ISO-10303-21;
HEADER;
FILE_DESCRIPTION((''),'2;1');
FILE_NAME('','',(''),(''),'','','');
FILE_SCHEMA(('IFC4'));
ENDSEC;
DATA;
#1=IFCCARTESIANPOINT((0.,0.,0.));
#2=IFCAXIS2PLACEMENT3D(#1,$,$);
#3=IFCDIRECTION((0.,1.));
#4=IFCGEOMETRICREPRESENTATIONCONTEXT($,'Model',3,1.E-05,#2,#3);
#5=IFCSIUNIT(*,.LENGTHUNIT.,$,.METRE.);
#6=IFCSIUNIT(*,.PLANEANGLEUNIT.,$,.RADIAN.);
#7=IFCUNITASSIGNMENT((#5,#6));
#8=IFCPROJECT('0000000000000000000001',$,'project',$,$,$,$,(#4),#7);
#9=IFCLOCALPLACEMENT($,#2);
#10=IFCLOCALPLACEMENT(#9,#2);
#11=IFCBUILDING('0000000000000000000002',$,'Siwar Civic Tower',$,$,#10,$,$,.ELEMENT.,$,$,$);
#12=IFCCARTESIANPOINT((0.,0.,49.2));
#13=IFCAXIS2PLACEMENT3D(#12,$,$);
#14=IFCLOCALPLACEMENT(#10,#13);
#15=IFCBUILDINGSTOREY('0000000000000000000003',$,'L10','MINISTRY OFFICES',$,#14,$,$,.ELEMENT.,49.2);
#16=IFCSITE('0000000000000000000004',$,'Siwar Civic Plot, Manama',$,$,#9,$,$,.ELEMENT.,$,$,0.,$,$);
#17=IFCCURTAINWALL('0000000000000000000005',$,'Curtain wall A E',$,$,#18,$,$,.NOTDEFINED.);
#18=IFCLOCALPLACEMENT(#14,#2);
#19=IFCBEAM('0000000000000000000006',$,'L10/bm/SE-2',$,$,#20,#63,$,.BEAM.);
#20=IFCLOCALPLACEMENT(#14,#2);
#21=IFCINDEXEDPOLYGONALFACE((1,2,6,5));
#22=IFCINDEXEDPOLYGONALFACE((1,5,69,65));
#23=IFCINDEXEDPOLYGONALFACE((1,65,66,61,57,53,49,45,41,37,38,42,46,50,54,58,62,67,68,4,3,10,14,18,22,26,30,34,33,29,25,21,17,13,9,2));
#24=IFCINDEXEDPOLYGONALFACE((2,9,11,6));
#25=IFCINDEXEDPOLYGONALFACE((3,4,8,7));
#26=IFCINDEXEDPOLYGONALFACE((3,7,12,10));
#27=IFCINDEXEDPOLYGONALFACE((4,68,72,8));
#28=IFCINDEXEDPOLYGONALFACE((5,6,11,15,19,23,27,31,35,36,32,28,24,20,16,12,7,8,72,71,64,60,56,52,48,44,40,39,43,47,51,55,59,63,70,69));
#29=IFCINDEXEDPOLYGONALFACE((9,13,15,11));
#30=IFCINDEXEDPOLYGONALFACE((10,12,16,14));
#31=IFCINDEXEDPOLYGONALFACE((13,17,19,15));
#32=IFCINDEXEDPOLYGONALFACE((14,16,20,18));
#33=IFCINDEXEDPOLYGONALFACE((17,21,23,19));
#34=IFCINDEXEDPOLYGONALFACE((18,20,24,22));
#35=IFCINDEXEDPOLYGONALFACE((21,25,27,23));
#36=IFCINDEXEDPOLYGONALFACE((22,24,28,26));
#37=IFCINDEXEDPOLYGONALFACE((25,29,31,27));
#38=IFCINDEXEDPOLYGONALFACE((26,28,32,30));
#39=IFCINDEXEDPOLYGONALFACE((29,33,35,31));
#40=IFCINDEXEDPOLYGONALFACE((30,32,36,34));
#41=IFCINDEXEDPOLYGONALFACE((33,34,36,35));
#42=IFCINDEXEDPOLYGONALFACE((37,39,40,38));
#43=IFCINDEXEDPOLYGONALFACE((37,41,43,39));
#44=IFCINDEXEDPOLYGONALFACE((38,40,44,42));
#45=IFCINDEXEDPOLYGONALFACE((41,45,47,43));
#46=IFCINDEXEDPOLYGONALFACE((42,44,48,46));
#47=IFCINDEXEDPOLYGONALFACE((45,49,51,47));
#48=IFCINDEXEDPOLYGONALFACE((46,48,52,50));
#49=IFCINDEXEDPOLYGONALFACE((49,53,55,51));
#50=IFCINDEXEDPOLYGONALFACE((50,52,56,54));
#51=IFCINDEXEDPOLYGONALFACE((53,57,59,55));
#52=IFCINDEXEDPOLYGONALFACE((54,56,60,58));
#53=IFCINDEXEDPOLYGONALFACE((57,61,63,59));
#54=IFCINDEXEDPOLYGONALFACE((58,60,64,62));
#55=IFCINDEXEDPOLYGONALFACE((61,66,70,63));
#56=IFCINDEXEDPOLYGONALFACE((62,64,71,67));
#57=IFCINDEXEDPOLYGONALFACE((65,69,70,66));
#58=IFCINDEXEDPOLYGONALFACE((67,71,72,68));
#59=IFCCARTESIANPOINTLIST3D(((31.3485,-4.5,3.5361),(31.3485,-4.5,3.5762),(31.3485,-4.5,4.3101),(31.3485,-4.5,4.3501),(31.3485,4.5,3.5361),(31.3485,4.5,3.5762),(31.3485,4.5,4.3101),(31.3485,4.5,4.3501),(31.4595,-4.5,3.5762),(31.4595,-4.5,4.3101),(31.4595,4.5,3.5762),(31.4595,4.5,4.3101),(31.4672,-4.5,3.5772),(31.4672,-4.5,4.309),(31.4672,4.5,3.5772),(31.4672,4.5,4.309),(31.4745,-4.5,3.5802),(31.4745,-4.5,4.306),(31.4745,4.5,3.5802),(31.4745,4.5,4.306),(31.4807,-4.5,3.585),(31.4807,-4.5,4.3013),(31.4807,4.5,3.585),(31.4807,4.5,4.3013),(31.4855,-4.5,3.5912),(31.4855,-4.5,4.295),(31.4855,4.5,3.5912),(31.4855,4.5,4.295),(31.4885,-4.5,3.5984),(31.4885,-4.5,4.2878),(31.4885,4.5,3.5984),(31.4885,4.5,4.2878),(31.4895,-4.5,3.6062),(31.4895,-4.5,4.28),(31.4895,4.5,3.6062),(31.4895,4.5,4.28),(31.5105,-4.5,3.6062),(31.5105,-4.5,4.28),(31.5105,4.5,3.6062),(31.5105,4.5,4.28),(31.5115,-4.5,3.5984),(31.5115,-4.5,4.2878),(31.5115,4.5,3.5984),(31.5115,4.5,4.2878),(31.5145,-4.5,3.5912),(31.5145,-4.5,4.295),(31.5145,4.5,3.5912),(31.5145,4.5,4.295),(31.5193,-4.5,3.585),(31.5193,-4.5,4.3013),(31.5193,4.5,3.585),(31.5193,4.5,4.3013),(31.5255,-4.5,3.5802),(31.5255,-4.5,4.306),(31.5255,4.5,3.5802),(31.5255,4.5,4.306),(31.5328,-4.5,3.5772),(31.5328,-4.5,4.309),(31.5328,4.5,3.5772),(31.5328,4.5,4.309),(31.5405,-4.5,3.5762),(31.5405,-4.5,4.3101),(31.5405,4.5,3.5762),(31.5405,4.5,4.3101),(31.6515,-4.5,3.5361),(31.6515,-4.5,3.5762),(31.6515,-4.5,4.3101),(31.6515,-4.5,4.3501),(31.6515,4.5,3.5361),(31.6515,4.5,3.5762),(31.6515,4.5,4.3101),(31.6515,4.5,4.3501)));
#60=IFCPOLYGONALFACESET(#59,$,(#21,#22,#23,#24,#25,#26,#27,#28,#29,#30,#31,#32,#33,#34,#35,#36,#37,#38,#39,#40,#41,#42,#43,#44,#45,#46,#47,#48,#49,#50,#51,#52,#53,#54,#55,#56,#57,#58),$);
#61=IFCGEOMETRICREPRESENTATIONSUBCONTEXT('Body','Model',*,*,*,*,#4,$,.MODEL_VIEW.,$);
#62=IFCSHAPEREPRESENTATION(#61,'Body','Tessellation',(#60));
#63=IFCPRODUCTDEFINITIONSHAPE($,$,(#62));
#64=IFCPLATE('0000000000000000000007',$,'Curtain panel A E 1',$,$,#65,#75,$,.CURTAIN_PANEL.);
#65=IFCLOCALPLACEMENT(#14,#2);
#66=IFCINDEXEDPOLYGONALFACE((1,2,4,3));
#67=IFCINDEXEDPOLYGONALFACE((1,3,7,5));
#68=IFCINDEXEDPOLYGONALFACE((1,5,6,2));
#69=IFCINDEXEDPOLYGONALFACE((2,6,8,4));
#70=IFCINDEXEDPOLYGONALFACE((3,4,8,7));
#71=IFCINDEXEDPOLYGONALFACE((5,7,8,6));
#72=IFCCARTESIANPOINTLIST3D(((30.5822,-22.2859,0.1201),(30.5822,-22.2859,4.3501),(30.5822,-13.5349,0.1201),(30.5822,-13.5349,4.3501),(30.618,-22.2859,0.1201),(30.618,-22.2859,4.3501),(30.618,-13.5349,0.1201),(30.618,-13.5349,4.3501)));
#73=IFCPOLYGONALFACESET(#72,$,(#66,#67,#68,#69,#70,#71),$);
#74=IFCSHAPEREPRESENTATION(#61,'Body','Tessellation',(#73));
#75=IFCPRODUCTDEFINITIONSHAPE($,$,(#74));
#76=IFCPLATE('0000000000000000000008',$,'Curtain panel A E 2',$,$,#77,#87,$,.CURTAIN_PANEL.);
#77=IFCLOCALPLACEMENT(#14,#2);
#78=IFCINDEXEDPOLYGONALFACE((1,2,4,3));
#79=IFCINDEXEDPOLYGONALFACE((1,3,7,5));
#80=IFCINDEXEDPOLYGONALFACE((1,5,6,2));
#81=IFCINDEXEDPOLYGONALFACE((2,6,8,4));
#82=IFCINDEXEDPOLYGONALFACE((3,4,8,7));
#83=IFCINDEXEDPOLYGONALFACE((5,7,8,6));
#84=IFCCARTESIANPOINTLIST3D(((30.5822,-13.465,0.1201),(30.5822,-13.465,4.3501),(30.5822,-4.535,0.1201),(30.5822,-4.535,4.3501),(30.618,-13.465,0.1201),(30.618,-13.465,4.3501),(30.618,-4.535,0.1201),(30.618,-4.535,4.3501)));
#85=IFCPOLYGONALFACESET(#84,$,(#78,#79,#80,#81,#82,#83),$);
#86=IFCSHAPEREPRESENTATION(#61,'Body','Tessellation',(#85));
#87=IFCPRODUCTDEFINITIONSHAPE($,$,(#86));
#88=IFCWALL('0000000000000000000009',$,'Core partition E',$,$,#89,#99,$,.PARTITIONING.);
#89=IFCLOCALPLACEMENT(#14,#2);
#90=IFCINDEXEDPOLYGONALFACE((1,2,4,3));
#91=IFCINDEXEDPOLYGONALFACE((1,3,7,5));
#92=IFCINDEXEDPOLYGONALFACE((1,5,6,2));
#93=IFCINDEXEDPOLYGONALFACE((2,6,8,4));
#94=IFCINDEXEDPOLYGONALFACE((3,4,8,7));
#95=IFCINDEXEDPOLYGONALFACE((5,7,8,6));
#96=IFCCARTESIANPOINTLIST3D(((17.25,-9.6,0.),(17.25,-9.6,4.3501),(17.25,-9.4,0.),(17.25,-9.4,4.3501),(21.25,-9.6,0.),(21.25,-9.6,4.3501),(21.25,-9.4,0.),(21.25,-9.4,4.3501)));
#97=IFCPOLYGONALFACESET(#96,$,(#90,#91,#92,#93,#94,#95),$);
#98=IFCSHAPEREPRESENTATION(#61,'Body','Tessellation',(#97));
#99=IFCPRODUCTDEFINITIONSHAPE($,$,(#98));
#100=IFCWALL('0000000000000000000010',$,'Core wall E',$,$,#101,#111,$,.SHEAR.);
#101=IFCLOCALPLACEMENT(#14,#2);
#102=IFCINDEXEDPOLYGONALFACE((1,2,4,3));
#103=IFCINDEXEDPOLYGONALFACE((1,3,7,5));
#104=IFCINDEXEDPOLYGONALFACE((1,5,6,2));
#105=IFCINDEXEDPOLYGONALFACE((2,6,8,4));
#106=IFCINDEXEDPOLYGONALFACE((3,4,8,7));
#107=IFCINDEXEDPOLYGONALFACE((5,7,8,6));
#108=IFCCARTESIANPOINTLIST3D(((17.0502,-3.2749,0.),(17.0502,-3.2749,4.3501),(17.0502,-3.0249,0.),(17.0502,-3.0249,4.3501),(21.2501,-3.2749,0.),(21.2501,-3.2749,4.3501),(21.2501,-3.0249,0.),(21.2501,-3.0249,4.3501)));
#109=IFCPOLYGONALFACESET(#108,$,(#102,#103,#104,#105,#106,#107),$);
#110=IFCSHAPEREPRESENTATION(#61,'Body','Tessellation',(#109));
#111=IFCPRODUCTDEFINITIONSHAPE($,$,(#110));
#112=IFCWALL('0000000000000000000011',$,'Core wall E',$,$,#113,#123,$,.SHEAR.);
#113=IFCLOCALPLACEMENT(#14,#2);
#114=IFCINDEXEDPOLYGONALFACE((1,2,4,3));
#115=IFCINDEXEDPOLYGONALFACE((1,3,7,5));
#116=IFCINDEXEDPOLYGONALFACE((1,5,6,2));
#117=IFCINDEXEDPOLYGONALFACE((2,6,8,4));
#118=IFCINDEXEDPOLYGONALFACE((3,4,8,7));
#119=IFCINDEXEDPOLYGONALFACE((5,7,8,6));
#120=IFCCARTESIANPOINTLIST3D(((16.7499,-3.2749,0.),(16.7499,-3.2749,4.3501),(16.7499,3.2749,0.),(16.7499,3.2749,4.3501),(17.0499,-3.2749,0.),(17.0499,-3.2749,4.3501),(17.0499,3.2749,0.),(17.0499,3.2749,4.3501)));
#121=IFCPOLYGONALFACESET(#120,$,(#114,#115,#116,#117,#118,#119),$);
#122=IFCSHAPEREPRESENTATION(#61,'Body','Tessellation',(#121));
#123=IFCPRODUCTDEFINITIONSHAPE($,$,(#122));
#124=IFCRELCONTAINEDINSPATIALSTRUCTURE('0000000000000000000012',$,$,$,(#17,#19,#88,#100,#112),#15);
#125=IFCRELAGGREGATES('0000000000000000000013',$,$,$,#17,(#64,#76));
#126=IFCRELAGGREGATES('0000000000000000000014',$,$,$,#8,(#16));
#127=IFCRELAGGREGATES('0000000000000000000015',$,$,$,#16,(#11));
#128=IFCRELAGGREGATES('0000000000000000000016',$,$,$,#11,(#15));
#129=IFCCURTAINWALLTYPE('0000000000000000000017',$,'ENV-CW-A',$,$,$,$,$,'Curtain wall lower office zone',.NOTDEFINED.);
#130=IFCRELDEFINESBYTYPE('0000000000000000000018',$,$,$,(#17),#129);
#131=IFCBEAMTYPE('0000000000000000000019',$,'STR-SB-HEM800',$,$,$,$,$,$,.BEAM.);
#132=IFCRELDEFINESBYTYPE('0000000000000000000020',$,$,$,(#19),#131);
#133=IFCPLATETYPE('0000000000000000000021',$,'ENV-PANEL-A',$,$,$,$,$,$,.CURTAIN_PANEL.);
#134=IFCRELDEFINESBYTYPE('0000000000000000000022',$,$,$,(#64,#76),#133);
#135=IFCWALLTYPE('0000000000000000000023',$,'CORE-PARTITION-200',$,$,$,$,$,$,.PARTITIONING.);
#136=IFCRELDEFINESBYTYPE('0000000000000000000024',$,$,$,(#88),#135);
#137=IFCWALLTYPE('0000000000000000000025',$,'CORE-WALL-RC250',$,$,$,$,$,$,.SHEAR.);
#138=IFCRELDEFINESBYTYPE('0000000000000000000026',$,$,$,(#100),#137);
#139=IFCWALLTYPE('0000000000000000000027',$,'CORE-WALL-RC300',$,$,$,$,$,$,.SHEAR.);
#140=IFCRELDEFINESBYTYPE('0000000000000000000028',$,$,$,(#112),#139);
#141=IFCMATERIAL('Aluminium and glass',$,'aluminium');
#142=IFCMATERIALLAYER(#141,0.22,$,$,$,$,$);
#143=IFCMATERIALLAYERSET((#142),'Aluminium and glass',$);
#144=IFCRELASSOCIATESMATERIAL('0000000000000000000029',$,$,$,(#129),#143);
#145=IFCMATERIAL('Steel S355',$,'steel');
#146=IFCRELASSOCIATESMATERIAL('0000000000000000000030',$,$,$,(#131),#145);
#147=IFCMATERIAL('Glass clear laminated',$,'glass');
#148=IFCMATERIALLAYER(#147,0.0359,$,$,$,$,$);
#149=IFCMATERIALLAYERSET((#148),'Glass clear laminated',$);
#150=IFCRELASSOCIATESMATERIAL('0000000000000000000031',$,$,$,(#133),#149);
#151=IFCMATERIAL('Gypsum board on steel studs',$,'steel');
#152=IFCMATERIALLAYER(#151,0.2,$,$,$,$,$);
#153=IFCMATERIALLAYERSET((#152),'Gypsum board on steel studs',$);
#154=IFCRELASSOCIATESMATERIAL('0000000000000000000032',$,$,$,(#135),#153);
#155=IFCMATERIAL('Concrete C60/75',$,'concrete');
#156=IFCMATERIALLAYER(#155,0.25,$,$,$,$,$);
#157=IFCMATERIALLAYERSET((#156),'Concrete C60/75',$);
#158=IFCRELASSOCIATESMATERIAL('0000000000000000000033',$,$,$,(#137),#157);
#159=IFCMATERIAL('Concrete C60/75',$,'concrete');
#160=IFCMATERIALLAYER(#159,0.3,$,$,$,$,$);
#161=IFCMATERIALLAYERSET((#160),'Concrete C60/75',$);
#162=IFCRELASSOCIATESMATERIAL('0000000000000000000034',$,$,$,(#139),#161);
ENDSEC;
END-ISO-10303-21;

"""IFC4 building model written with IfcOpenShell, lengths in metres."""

from ifc_helpers import new_model, si_unit, direction, frame, frame_2d, origin, origin_2d, place, context, subcontext, project, spatial, rectangle, i_section, extrude, material, layer, layer_set, material_profile, profile_set, type_object, element, aggregate, save


model = new_model("IFC4")

# Units and contexts
model_context = context("Model", 3, precision=1e-05, world=origin(), true_north=direction((0.0, 1.0)))
body_context = subcontext(model_context, "Body", "Model", "MODEL_VIEW")
ifc_project = project(units=[si_unit("LENGTHUNIT", "METRE"), si_unit("PLANEANGLEUNIT", "RADIAN")], contexts=[model_context])

# Site, building, storey
site_placement = place(None, origin())
site = spatial("IfcSite", under=ifc_project, at=site_placement, Name="Siwar Civic Plot, Manama", CompositionType="ELEMENT", RefElevation=0.0)
building_placement = place(site_placement, origin())
building = spatial("IfcBuilding", under=site, at=building_placement, Name="Siwar Civic Tower", CompositionType="ELEMENT")
storey_placement = place(building_placement, frame((0.0, 0.0, 49.2)))
storey = spatial("IfcBuildingStorey", under=building, at=storey_placement, Name="L10", Description="MINISTRY OFFICES", CompositionType="ELEMENT", Elevation=49.2)

# Curtain wall
ifc_material_1 = material(Name="Aluminium and glass", Category="aluminium")
ifc_layer_1 = layer(ifc_material_1, 0.22)
ifc_layer_set_1 = layer_set([ifc_layer_1], Name="Aluminium and glass")
curtain_wall_type = type_object("IfcCurtainWallType", Name="ENV-CW-A", ElementType="Curtain wall lower office zone", PredefinedType="NOTDEFINED", material=ifc_layer_set_1)
curtain_wall_placement = place(storey_placement, origin())
curtain_wall = element("IfcCurtainWall", 1, at=curtain_wall_placement, inside=storey, type_object=curtain_wall_type, Name="Curtain wall A E", PredefinedType="NOTDEFINED")

# Beam
ifc_material_2 = material(Name="Steel S355", Category="steel")
ifc_material_profile_1 = material_profile(ifc_material_2, i_section(OverallWidth=0.303, OverallDepth=0.814, WebThickness=0.021, FlangeThickness=0.04, FilletRadius=0.03, at=origin_2d()), Name="HEM800")
ifc_profile_set_1 = profile_set([ifc_material_profile_1], Name="Steel S355")
beam_type_1 = type_object("IfcBeamType", Name="STR-SB-HEM800", PredefinedType="BEAM", material=ifc_profile_set_1)
for number, where, z_axis, x_axis, name in (
    (2, (31.5, -4.5, 3.9431), (0.0, 1.0, 0.0), (-1.0, 0.0, 0.0), "L10/bm/SE-2"),
):
    element("IfcBeam", number, at=place(storey_placement, frame(where, z_axis=z_axis, x_axis=x_axis)), inside=storey, type_object=beam_type_1, Name=name, PredefinedType="BEAM", context=body_context, shape_type="SweptSolid", body=[
        extrude(i_section(OverallWidth=0.303, OverallDepth=0.814, WebThickness=0.021, FlangeThickness=0.04, FilletRadius=0.03, at=origin_2d()), origin(), (0.0, 0.0, 1.0), 9.0),
    ])

# Plates
ifc_material_3 = material(Name="Glass clear laminated", Category="glass")
ifc_layer_2 = layer(ifc_material_3, 0.0359)
ifc_layer_set_2 = layer_set([ifc_layer_2], Name="Glass clear laminated")
plate_type = type_object("IfcPlateType", Name="ENV-PANEL-A", PredefinedType="CURTAIN_PANEL", material=ifc_layer_set_2)
plate_1_placement = place(storey_placement, frame((30.6001, -17.9104, 0.1201), z_axis=(0.0, 0.0, 1.0), x_axis=(0.0, 1.0, 0.0)))
plate_1 = element("IfcPlate", 3, at=plate_1_placement, type_object=plate_type, Name="Curtain panel A E 1", PredefinedType="CURTAIN_PANEL", context=body_context, shape_type="SweptSolid", body=[
    extrude(rectangle(XDim=8.751, YDim=0.0359, at=origin_2d()), origin(), (0.0, 0.0, 1.0), 4.23),
])
plate_2_placement = place(storey_placement, frame((30.6001, -9.0, 0.1201), z_axis=(0.0, 0.0, 1.0), x_axis=(0.0, 1.0, 0.0)))
plate_2 = element("IfcPlate", 4, at=plate_2_placement, type_object=plate_type, Name="Curtain panel A E 2", PredefinedType="CURTAIN_PANEL", context=body_context, shape_type="SweptSolid", body=[
    extrude(rectangle(XDim=8.9299, YDim=0.0359, at=origin_2d()), origin(), (0.0, 0.0, 1.0), 4.23),
])
aggregate(curtain_wall, [plate_1, plate_2])

# Walls
ifc_material_4 = material(Name="Gypsum board on steel studs", Category="steel")
ifc_layer_3 = layer(ifc_material_4, 0.2)
ifc_layer_set_3 = layer_set([ifc_layer_3], Name="Gypsum board on steel studs")
wall_type_1 = type_object("IfcWallType", Name="CORE-PARTITION-200", PredefinedType="PARTITIONING", material=ifc_layer_set_3)
wall_1_placement = place(storey_placement, frame((17.25, -9.5, 0.0), z_axis=(0.0, 0.0, 1.0), x_axis=(1.0, 0.0, 0.0)))
element("IfcWall", 5, at=wall_1_placement, inside=storey, type_object=wall_type_1, Name="Core partition E", PredefinedType="PARTITIONING", context=body_context, shape_type="SweptSolid", body=[
    extrude(rectangle(XDim=4.0, YDim=0.2, at=frame_2d((2.0, 0.0))), origin(), (0.0, 0.0, 1.0), 4.3501),
])
ifc_material_5 = material(Name="Concrete C60/75", Category="concrete")
ifc_layer_4 = layer(ifc_material_5, 0.25)
ifc_layer_set_4 = layer_set([ifc_layer_4], Name="Concrete C60/75")
wall_type_2 = type_object("IfcWallType", Name="CORE-WALL-RC250", PredefinedType="SHEAR", material=ifc_layer_set_4)
wall_2_placement = place(storey_placement, frame((17.05, -3.1499, 0.0), z_axis=(0.0, 0.0, 1.0), x_axis=(1.0, 0.0, 0.0)))
element("IfcWall", 6, at=wall_2_placement, inside=storey, type_object=wall_type_2, Name="Core wall E", PredefinedType="SHEAR", context=body_context, shape_type="SweptSolid", body=[
    extrude(rectangle(XDim=4.2, YDim=0.25, at=frame_2d((2.1001, 0.0))), origin(), (0.0, 0.0, 1.0), 4.3501),
])
ifc_material_6 = material(Name="Concrete C60/75", Category="concrete")
ifc_layer_5 = layer(ifc_material_6, 0.3)
ifc_layer_set_5 = layer_set([ifc_layer_5], Name="Concrete C60/75")
wall_type_3 = type_object("IfcWallType", Name="CORE-WALL-RC300", PredefinedType="SHEAR", material=ifc_layer_set_5)
wall_3_placement = place(storey_placement, frame((16.8999, -3.2749, 0.0), z_axis=(0.0, 0.0, 1.0), x_axis=(0.0, 1.0, 0.0)))
element("IfcWall", 7, at=wall_3_placement, inside=storey, type_object=wall_type_3, Name="Core wall E", PredefinedType="SHEAR", context=body_context, shape_type="SweptSolid", body=[
    extrude(rectangle(XDim=6.5498, YDim=0.3, at=frame_2d((3.2749, 0.0))), origin(), (0.0, 0.0, 1.0), 4.3501),
])

save(model, "model.ifc")
